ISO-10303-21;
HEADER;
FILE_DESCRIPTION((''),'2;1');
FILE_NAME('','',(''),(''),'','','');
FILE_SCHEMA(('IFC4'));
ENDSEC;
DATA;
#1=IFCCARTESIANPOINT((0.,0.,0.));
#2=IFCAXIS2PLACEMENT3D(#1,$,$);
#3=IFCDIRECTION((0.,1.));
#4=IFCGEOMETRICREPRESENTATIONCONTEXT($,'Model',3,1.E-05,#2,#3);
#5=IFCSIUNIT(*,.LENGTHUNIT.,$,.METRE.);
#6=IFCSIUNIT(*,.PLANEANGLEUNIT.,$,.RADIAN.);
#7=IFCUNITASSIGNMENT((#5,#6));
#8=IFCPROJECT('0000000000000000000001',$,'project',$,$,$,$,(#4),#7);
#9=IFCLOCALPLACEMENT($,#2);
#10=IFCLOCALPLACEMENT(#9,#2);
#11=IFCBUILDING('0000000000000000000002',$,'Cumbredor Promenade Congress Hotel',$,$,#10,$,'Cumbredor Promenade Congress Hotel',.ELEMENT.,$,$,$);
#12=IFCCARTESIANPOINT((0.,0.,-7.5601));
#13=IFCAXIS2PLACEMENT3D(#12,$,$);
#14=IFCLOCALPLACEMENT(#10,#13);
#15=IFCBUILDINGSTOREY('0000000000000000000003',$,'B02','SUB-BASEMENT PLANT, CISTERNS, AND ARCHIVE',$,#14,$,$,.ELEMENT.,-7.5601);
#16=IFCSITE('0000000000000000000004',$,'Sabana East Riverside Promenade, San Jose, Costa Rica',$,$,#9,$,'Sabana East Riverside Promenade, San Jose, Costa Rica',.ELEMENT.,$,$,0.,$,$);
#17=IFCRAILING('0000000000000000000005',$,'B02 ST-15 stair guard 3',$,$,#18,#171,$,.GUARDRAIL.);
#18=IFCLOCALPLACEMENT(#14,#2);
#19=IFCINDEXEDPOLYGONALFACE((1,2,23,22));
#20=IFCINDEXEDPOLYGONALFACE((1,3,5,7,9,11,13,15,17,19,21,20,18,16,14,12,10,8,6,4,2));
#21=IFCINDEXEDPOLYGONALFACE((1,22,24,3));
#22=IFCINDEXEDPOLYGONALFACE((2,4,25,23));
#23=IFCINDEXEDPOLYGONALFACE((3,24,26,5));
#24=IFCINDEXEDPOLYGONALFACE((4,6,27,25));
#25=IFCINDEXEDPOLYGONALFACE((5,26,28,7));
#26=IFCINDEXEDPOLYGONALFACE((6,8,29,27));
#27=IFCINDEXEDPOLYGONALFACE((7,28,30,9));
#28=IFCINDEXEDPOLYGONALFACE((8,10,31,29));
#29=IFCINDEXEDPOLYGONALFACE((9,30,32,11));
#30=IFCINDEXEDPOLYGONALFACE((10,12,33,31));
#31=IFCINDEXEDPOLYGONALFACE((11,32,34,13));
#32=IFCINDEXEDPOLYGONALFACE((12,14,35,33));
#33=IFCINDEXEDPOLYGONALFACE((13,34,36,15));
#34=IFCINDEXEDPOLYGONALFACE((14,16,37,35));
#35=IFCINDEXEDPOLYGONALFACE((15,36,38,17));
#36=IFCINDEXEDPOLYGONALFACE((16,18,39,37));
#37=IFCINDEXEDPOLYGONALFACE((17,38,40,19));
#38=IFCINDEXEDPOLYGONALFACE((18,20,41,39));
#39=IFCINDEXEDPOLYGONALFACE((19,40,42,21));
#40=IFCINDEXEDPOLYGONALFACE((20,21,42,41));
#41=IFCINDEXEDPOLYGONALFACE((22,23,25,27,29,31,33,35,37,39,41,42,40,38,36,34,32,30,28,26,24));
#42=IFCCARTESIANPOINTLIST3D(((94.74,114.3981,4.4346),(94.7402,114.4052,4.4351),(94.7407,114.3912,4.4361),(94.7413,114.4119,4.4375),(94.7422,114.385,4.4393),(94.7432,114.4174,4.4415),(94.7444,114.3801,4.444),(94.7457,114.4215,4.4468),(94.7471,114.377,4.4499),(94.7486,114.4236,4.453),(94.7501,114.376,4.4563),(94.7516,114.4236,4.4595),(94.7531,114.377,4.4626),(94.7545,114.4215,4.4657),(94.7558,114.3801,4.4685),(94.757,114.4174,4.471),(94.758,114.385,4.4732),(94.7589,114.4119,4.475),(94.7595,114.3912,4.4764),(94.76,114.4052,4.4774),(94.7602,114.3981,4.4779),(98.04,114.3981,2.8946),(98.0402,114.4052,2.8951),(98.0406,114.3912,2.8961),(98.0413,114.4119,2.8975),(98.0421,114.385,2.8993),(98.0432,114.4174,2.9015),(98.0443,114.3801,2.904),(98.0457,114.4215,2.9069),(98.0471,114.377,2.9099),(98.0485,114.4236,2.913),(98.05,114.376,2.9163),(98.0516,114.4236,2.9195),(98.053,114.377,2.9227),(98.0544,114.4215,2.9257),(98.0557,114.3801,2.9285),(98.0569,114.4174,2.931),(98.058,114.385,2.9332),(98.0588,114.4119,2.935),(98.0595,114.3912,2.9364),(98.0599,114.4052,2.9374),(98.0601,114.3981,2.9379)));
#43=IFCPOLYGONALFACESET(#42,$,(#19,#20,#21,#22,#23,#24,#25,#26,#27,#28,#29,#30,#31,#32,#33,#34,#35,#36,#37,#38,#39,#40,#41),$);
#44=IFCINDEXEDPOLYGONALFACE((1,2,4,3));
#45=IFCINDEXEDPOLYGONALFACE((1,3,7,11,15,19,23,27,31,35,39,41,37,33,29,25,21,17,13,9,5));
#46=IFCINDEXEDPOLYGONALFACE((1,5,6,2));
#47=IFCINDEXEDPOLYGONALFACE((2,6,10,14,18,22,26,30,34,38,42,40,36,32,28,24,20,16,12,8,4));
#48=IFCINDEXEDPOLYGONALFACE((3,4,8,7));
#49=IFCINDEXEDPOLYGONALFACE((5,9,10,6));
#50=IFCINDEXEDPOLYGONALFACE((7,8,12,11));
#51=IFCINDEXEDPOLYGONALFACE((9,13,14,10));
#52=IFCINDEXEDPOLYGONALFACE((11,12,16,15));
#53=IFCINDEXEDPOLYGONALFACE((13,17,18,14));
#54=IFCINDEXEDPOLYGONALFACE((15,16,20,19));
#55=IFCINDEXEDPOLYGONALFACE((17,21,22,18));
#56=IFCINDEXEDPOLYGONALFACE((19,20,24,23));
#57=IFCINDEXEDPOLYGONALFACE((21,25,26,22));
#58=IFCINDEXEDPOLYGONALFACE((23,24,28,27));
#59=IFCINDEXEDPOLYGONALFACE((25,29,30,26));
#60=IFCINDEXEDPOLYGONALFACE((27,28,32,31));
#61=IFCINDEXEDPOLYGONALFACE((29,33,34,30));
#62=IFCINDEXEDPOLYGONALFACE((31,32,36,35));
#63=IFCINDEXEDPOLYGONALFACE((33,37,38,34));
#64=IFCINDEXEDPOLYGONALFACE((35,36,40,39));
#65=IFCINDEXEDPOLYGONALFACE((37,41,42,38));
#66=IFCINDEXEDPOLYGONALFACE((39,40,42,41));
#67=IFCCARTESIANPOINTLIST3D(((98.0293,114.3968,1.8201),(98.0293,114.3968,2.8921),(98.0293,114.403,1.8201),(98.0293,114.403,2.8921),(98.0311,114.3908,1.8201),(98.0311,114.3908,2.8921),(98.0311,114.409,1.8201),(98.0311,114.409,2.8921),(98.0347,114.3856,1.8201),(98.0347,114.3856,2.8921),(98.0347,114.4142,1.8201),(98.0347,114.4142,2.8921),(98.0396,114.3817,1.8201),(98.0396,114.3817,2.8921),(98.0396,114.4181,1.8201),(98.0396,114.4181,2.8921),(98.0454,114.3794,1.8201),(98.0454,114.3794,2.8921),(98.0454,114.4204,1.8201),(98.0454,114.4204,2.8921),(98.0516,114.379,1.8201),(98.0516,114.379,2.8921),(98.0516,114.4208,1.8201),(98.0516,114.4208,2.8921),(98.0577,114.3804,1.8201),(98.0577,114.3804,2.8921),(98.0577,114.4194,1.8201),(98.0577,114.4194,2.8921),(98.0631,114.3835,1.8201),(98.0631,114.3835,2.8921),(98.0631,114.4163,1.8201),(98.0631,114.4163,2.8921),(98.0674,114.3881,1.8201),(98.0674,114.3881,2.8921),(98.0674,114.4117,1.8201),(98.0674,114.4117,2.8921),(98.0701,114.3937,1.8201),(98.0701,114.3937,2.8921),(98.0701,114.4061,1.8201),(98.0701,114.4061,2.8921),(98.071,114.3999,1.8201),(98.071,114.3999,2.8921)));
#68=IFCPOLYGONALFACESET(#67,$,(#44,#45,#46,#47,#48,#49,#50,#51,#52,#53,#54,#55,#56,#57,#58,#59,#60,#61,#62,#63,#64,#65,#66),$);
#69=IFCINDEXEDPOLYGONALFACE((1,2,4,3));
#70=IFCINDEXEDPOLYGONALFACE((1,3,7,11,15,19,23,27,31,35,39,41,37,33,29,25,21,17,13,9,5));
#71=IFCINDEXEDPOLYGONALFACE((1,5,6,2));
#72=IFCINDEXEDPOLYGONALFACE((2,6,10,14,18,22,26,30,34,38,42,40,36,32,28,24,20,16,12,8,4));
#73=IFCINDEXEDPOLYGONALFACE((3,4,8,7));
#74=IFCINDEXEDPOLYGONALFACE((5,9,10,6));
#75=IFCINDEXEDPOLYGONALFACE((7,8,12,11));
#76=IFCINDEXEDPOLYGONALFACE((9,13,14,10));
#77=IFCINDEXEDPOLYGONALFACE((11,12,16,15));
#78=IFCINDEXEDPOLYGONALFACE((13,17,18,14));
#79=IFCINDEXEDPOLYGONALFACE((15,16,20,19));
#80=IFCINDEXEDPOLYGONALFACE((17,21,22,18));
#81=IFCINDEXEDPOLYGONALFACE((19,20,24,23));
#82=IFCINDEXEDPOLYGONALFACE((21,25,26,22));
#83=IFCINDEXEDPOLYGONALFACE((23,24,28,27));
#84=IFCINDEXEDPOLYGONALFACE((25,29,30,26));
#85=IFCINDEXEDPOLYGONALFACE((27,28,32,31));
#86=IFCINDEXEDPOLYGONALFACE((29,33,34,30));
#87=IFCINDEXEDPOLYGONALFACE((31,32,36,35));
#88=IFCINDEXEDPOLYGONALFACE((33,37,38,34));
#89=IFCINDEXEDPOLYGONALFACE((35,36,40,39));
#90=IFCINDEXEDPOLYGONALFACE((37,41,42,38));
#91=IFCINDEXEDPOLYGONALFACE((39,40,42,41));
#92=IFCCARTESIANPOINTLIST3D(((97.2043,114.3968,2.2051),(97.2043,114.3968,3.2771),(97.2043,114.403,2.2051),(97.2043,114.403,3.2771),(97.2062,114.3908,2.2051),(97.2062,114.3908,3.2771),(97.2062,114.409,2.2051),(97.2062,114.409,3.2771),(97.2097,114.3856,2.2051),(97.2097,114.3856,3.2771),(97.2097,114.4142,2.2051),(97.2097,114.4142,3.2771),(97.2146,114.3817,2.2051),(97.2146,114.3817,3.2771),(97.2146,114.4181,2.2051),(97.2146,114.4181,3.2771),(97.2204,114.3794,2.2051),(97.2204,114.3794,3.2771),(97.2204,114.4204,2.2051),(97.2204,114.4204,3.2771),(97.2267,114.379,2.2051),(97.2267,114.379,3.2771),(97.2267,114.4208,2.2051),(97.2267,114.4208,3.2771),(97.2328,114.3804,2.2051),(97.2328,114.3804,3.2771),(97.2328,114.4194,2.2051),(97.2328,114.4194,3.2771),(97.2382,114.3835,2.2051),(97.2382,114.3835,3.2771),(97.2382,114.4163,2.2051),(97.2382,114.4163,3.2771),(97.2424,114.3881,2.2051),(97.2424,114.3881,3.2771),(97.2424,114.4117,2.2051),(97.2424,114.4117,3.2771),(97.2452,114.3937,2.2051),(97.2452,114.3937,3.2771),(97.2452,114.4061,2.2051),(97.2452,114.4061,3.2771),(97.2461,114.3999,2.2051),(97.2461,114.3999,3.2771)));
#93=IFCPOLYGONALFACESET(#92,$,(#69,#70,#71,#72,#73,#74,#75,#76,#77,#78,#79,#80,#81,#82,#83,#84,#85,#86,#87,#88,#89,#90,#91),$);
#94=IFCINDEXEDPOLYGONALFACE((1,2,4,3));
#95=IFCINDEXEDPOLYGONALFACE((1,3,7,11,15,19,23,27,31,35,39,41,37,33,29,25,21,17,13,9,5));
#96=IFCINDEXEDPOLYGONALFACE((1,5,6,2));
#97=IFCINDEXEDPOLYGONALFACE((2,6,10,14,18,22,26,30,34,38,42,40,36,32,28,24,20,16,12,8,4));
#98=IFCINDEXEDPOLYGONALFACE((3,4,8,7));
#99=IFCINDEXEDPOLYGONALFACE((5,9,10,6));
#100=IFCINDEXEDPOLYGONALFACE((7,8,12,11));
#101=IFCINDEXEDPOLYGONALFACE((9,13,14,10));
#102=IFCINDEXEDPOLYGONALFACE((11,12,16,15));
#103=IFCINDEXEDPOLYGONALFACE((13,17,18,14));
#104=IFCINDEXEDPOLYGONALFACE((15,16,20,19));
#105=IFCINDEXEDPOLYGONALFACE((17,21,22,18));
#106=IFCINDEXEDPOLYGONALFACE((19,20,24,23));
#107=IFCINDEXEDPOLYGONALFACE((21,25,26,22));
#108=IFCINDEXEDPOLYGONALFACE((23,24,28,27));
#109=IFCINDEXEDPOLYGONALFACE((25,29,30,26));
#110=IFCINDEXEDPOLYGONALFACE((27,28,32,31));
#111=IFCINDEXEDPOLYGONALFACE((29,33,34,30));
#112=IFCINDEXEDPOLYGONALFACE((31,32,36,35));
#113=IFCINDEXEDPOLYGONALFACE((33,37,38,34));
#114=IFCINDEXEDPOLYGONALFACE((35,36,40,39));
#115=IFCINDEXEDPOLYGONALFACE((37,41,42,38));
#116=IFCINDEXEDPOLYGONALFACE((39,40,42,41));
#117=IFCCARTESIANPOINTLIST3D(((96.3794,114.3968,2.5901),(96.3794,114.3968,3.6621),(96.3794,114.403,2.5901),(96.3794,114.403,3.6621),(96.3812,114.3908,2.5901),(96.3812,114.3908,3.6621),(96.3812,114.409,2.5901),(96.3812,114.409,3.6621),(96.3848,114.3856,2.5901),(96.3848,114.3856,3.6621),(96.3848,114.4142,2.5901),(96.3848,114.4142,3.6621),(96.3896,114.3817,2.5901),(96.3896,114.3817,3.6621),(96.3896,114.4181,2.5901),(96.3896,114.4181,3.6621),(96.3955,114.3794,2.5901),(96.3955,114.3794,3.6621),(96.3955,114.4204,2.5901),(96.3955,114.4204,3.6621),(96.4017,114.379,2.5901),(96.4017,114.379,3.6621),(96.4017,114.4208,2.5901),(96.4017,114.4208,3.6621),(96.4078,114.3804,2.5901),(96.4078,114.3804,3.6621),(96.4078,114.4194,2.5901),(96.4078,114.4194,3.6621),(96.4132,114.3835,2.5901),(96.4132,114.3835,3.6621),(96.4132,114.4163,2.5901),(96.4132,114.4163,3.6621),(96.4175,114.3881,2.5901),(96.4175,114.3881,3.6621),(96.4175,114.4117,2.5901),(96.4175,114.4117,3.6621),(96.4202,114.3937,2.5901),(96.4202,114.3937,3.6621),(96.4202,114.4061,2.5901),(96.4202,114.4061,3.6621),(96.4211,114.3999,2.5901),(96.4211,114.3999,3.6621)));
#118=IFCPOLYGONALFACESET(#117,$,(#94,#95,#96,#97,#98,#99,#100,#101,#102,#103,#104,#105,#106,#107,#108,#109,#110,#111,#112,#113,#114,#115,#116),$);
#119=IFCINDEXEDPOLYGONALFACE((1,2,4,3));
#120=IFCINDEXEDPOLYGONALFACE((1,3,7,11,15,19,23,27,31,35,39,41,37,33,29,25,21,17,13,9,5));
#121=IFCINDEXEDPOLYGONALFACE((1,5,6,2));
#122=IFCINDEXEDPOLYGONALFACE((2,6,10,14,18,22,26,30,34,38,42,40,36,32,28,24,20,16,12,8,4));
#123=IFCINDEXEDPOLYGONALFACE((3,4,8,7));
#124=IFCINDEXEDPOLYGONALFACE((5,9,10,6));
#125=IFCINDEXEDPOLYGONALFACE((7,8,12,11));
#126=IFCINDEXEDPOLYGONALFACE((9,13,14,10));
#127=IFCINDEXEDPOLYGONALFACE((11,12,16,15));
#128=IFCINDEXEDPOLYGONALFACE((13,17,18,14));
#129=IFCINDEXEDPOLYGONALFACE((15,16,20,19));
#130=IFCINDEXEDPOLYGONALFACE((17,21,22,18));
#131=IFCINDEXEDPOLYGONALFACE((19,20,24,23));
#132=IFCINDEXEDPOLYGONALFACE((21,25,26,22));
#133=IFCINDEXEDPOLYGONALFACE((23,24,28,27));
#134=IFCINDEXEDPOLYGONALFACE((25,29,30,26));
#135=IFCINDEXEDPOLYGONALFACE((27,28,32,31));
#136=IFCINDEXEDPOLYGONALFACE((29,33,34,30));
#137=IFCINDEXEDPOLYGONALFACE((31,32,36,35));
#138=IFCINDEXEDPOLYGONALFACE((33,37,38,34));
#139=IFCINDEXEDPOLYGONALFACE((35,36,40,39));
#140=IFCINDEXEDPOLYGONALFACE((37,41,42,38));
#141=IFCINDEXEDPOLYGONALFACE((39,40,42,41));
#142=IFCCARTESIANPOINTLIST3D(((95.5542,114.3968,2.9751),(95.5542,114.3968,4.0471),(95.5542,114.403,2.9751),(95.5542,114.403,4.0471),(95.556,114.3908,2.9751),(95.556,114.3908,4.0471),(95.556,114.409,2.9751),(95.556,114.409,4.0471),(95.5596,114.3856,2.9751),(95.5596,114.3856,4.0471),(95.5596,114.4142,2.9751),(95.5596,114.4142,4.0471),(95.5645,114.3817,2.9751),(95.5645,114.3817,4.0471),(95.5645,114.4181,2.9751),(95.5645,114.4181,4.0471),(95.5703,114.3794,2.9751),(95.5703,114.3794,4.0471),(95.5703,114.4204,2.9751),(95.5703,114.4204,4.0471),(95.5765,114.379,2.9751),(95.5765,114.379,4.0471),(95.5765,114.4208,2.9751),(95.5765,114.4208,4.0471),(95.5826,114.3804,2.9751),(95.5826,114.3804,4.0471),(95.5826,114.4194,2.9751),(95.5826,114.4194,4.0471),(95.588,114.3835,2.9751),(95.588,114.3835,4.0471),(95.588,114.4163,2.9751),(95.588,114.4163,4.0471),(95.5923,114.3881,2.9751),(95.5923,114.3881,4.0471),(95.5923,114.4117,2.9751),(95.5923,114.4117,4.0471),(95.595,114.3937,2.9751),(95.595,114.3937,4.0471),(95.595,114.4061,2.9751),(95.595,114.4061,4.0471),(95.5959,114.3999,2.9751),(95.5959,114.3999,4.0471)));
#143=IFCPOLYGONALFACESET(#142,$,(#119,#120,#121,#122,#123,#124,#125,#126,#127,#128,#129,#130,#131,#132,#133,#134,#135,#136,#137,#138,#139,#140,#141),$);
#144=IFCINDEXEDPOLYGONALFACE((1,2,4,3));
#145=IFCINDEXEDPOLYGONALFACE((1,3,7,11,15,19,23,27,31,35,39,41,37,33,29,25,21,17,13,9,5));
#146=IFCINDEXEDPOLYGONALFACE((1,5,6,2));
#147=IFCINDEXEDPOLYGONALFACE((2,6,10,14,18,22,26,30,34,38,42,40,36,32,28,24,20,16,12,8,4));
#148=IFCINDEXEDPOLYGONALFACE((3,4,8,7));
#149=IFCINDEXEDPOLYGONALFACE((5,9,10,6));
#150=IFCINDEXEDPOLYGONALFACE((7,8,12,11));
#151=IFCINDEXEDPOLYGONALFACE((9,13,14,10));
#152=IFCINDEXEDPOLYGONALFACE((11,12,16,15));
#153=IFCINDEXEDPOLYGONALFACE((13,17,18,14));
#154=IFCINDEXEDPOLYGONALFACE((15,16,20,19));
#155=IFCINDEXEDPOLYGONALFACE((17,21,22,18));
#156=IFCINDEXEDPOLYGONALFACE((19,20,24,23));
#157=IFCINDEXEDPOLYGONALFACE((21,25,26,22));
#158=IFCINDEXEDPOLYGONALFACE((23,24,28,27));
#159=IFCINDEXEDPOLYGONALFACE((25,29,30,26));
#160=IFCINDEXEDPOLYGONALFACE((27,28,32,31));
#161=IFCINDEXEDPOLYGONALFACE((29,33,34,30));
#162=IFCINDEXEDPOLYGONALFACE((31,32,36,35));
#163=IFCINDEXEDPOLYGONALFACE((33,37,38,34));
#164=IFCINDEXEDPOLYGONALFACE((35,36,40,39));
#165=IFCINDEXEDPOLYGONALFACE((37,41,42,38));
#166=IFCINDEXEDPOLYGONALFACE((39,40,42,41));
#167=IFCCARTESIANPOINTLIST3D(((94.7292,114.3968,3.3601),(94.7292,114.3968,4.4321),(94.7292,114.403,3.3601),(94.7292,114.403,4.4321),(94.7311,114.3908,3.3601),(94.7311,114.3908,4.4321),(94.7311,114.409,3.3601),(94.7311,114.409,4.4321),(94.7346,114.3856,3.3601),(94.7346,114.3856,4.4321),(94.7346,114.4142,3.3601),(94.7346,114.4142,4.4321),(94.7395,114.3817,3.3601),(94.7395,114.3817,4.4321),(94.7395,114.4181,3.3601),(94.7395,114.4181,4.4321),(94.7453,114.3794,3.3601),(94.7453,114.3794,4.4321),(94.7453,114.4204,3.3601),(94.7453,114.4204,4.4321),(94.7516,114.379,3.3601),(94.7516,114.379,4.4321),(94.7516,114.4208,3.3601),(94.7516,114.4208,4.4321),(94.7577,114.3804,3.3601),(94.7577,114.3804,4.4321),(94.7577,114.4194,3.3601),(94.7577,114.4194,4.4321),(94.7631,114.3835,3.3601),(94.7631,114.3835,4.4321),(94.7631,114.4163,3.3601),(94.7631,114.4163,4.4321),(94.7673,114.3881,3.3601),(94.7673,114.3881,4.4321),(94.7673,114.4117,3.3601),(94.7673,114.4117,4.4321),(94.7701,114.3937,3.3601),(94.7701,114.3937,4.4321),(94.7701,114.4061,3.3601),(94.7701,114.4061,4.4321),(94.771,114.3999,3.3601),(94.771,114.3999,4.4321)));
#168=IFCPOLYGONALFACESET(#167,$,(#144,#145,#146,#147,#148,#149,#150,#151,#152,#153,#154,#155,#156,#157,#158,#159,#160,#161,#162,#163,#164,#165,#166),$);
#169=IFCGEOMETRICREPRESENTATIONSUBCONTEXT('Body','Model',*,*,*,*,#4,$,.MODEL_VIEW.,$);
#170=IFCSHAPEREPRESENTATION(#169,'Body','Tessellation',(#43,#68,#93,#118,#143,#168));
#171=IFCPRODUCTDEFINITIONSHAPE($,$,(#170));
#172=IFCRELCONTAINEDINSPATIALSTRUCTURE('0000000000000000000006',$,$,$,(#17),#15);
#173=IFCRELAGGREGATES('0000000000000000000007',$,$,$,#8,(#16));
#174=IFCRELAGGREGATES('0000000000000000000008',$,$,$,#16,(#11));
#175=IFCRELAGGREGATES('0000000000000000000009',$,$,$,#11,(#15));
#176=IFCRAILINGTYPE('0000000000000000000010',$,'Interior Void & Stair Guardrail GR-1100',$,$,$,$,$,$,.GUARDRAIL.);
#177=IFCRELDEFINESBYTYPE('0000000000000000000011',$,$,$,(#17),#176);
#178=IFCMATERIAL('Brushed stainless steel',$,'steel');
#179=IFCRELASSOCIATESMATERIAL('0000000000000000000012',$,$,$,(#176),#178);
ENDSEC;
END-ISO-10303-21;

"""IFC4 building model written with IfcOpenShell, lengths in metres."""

from ifc_helpers import new_model, si_unit, direction, frame, origin, origin_2d, place, context, subcontext, project, spatial, circle, extrude, material, type_object, element, save


model = new_model("IFC4")

# Units and contexts
model_context = context("Model", 3, precision=1e-05, world=origin(), true_north=direction((0.0, 1.0)))
body_context = subcontext(model_context, "Body", "Model", "MODEL_VIEW")
ifc_project = project(units=[si_unit("LENGTHUNIT", "METRE"), si_unit("PLANEANGLEUNIT", "RADIAN")], contexts=[model_context])

# Site, building, storey
site_placement = place(None, origin())
site = spatial("IfcSite", under=ifc_project, at=site_placement, Name="Sabana East Riverside Promenade, San Jose, Costa Rica", LongName="Sabana East Riverside Promenade, San Jose, Costa Rica", CompositionType="ELEMENT", RefElevation=0.0)
building_placement = place(site_placement, origin())
building = spatial("IfcBuilding", under=site, at=building_placement, Name="Cumbredor Promenade Congress Hotel", LongName="Cumbredor Promenade Congress Hotel", CompositionType="ELEMENT")
storey_placement = place(building_placement, frame((0.0, 0.0, -7.5601)))
storey = spatial("IfcBuildingStorey", under=building, at=storey_placement, Name="B02", Description="SUB-BASEMENT PLANT, CISTERNS, AND ARCHIVE", CompositionType="ELEMENT", Elevation=-7.5601)

# Railing
ifc_material_1 = material(Name="Brushed stainless steel", Category="steel")
railing_type_1 = type_object("IfcRailingType", Name="Interior Void & Stair Guardrail GR-1100", PredefinedType="GUARDRAIL", material=ifc_material_1)
railing_1_placement = place(storey_placement, frame((98.05, 114.3999, 1.8201)))
element("IfcRailing", 1, at=railing_1_placement, inside=storey, type_object=railing_type_1, Name="B02 ST-15 stair guard 3", PredefinedType="GUARDRAIL", context=body_context, shape_type="SweptSolid", body=[
    extrude(circle(Radius=0.0239, at=origin_2d()), frame((0.0, 0.0, 1.0962), z_axis=(-0.906181, 0.0, 0.422889), x_axis=(0.0, -1.0, 0.0)), (0.0, 0.0, 1.0), 3.6416),
    extrude(circle(Radius=0.021, at=origin_2d()), origin(), (0.0, 0.0, 1.0), 1.072),
    extrude(circle(Radius=0.021, at=origin_2d()), frame((-0.825, 0.0, 0.385)), (0.0, 0.0, 1.0), 1.072),
    extrude(circle(Radius=0.021, at=origin_2d()), frame((-1.6499, 0.0, 0.77)), (0.0, 0.0, 1.0), 1.072),
    extrude(circle(Radius=0.021, at=origin_2d()), frame((-2.4751, 0.0, 1.155)), (0.0, 0.0, 1.0), 1.072),
    extrude(circle(Radius=0.021, at=origin_2d()), frame((-3.3, 0.0, 1.54)), (0.0, 0.0, 1.0), 1.072),
])

save(model, "model.ifc")
